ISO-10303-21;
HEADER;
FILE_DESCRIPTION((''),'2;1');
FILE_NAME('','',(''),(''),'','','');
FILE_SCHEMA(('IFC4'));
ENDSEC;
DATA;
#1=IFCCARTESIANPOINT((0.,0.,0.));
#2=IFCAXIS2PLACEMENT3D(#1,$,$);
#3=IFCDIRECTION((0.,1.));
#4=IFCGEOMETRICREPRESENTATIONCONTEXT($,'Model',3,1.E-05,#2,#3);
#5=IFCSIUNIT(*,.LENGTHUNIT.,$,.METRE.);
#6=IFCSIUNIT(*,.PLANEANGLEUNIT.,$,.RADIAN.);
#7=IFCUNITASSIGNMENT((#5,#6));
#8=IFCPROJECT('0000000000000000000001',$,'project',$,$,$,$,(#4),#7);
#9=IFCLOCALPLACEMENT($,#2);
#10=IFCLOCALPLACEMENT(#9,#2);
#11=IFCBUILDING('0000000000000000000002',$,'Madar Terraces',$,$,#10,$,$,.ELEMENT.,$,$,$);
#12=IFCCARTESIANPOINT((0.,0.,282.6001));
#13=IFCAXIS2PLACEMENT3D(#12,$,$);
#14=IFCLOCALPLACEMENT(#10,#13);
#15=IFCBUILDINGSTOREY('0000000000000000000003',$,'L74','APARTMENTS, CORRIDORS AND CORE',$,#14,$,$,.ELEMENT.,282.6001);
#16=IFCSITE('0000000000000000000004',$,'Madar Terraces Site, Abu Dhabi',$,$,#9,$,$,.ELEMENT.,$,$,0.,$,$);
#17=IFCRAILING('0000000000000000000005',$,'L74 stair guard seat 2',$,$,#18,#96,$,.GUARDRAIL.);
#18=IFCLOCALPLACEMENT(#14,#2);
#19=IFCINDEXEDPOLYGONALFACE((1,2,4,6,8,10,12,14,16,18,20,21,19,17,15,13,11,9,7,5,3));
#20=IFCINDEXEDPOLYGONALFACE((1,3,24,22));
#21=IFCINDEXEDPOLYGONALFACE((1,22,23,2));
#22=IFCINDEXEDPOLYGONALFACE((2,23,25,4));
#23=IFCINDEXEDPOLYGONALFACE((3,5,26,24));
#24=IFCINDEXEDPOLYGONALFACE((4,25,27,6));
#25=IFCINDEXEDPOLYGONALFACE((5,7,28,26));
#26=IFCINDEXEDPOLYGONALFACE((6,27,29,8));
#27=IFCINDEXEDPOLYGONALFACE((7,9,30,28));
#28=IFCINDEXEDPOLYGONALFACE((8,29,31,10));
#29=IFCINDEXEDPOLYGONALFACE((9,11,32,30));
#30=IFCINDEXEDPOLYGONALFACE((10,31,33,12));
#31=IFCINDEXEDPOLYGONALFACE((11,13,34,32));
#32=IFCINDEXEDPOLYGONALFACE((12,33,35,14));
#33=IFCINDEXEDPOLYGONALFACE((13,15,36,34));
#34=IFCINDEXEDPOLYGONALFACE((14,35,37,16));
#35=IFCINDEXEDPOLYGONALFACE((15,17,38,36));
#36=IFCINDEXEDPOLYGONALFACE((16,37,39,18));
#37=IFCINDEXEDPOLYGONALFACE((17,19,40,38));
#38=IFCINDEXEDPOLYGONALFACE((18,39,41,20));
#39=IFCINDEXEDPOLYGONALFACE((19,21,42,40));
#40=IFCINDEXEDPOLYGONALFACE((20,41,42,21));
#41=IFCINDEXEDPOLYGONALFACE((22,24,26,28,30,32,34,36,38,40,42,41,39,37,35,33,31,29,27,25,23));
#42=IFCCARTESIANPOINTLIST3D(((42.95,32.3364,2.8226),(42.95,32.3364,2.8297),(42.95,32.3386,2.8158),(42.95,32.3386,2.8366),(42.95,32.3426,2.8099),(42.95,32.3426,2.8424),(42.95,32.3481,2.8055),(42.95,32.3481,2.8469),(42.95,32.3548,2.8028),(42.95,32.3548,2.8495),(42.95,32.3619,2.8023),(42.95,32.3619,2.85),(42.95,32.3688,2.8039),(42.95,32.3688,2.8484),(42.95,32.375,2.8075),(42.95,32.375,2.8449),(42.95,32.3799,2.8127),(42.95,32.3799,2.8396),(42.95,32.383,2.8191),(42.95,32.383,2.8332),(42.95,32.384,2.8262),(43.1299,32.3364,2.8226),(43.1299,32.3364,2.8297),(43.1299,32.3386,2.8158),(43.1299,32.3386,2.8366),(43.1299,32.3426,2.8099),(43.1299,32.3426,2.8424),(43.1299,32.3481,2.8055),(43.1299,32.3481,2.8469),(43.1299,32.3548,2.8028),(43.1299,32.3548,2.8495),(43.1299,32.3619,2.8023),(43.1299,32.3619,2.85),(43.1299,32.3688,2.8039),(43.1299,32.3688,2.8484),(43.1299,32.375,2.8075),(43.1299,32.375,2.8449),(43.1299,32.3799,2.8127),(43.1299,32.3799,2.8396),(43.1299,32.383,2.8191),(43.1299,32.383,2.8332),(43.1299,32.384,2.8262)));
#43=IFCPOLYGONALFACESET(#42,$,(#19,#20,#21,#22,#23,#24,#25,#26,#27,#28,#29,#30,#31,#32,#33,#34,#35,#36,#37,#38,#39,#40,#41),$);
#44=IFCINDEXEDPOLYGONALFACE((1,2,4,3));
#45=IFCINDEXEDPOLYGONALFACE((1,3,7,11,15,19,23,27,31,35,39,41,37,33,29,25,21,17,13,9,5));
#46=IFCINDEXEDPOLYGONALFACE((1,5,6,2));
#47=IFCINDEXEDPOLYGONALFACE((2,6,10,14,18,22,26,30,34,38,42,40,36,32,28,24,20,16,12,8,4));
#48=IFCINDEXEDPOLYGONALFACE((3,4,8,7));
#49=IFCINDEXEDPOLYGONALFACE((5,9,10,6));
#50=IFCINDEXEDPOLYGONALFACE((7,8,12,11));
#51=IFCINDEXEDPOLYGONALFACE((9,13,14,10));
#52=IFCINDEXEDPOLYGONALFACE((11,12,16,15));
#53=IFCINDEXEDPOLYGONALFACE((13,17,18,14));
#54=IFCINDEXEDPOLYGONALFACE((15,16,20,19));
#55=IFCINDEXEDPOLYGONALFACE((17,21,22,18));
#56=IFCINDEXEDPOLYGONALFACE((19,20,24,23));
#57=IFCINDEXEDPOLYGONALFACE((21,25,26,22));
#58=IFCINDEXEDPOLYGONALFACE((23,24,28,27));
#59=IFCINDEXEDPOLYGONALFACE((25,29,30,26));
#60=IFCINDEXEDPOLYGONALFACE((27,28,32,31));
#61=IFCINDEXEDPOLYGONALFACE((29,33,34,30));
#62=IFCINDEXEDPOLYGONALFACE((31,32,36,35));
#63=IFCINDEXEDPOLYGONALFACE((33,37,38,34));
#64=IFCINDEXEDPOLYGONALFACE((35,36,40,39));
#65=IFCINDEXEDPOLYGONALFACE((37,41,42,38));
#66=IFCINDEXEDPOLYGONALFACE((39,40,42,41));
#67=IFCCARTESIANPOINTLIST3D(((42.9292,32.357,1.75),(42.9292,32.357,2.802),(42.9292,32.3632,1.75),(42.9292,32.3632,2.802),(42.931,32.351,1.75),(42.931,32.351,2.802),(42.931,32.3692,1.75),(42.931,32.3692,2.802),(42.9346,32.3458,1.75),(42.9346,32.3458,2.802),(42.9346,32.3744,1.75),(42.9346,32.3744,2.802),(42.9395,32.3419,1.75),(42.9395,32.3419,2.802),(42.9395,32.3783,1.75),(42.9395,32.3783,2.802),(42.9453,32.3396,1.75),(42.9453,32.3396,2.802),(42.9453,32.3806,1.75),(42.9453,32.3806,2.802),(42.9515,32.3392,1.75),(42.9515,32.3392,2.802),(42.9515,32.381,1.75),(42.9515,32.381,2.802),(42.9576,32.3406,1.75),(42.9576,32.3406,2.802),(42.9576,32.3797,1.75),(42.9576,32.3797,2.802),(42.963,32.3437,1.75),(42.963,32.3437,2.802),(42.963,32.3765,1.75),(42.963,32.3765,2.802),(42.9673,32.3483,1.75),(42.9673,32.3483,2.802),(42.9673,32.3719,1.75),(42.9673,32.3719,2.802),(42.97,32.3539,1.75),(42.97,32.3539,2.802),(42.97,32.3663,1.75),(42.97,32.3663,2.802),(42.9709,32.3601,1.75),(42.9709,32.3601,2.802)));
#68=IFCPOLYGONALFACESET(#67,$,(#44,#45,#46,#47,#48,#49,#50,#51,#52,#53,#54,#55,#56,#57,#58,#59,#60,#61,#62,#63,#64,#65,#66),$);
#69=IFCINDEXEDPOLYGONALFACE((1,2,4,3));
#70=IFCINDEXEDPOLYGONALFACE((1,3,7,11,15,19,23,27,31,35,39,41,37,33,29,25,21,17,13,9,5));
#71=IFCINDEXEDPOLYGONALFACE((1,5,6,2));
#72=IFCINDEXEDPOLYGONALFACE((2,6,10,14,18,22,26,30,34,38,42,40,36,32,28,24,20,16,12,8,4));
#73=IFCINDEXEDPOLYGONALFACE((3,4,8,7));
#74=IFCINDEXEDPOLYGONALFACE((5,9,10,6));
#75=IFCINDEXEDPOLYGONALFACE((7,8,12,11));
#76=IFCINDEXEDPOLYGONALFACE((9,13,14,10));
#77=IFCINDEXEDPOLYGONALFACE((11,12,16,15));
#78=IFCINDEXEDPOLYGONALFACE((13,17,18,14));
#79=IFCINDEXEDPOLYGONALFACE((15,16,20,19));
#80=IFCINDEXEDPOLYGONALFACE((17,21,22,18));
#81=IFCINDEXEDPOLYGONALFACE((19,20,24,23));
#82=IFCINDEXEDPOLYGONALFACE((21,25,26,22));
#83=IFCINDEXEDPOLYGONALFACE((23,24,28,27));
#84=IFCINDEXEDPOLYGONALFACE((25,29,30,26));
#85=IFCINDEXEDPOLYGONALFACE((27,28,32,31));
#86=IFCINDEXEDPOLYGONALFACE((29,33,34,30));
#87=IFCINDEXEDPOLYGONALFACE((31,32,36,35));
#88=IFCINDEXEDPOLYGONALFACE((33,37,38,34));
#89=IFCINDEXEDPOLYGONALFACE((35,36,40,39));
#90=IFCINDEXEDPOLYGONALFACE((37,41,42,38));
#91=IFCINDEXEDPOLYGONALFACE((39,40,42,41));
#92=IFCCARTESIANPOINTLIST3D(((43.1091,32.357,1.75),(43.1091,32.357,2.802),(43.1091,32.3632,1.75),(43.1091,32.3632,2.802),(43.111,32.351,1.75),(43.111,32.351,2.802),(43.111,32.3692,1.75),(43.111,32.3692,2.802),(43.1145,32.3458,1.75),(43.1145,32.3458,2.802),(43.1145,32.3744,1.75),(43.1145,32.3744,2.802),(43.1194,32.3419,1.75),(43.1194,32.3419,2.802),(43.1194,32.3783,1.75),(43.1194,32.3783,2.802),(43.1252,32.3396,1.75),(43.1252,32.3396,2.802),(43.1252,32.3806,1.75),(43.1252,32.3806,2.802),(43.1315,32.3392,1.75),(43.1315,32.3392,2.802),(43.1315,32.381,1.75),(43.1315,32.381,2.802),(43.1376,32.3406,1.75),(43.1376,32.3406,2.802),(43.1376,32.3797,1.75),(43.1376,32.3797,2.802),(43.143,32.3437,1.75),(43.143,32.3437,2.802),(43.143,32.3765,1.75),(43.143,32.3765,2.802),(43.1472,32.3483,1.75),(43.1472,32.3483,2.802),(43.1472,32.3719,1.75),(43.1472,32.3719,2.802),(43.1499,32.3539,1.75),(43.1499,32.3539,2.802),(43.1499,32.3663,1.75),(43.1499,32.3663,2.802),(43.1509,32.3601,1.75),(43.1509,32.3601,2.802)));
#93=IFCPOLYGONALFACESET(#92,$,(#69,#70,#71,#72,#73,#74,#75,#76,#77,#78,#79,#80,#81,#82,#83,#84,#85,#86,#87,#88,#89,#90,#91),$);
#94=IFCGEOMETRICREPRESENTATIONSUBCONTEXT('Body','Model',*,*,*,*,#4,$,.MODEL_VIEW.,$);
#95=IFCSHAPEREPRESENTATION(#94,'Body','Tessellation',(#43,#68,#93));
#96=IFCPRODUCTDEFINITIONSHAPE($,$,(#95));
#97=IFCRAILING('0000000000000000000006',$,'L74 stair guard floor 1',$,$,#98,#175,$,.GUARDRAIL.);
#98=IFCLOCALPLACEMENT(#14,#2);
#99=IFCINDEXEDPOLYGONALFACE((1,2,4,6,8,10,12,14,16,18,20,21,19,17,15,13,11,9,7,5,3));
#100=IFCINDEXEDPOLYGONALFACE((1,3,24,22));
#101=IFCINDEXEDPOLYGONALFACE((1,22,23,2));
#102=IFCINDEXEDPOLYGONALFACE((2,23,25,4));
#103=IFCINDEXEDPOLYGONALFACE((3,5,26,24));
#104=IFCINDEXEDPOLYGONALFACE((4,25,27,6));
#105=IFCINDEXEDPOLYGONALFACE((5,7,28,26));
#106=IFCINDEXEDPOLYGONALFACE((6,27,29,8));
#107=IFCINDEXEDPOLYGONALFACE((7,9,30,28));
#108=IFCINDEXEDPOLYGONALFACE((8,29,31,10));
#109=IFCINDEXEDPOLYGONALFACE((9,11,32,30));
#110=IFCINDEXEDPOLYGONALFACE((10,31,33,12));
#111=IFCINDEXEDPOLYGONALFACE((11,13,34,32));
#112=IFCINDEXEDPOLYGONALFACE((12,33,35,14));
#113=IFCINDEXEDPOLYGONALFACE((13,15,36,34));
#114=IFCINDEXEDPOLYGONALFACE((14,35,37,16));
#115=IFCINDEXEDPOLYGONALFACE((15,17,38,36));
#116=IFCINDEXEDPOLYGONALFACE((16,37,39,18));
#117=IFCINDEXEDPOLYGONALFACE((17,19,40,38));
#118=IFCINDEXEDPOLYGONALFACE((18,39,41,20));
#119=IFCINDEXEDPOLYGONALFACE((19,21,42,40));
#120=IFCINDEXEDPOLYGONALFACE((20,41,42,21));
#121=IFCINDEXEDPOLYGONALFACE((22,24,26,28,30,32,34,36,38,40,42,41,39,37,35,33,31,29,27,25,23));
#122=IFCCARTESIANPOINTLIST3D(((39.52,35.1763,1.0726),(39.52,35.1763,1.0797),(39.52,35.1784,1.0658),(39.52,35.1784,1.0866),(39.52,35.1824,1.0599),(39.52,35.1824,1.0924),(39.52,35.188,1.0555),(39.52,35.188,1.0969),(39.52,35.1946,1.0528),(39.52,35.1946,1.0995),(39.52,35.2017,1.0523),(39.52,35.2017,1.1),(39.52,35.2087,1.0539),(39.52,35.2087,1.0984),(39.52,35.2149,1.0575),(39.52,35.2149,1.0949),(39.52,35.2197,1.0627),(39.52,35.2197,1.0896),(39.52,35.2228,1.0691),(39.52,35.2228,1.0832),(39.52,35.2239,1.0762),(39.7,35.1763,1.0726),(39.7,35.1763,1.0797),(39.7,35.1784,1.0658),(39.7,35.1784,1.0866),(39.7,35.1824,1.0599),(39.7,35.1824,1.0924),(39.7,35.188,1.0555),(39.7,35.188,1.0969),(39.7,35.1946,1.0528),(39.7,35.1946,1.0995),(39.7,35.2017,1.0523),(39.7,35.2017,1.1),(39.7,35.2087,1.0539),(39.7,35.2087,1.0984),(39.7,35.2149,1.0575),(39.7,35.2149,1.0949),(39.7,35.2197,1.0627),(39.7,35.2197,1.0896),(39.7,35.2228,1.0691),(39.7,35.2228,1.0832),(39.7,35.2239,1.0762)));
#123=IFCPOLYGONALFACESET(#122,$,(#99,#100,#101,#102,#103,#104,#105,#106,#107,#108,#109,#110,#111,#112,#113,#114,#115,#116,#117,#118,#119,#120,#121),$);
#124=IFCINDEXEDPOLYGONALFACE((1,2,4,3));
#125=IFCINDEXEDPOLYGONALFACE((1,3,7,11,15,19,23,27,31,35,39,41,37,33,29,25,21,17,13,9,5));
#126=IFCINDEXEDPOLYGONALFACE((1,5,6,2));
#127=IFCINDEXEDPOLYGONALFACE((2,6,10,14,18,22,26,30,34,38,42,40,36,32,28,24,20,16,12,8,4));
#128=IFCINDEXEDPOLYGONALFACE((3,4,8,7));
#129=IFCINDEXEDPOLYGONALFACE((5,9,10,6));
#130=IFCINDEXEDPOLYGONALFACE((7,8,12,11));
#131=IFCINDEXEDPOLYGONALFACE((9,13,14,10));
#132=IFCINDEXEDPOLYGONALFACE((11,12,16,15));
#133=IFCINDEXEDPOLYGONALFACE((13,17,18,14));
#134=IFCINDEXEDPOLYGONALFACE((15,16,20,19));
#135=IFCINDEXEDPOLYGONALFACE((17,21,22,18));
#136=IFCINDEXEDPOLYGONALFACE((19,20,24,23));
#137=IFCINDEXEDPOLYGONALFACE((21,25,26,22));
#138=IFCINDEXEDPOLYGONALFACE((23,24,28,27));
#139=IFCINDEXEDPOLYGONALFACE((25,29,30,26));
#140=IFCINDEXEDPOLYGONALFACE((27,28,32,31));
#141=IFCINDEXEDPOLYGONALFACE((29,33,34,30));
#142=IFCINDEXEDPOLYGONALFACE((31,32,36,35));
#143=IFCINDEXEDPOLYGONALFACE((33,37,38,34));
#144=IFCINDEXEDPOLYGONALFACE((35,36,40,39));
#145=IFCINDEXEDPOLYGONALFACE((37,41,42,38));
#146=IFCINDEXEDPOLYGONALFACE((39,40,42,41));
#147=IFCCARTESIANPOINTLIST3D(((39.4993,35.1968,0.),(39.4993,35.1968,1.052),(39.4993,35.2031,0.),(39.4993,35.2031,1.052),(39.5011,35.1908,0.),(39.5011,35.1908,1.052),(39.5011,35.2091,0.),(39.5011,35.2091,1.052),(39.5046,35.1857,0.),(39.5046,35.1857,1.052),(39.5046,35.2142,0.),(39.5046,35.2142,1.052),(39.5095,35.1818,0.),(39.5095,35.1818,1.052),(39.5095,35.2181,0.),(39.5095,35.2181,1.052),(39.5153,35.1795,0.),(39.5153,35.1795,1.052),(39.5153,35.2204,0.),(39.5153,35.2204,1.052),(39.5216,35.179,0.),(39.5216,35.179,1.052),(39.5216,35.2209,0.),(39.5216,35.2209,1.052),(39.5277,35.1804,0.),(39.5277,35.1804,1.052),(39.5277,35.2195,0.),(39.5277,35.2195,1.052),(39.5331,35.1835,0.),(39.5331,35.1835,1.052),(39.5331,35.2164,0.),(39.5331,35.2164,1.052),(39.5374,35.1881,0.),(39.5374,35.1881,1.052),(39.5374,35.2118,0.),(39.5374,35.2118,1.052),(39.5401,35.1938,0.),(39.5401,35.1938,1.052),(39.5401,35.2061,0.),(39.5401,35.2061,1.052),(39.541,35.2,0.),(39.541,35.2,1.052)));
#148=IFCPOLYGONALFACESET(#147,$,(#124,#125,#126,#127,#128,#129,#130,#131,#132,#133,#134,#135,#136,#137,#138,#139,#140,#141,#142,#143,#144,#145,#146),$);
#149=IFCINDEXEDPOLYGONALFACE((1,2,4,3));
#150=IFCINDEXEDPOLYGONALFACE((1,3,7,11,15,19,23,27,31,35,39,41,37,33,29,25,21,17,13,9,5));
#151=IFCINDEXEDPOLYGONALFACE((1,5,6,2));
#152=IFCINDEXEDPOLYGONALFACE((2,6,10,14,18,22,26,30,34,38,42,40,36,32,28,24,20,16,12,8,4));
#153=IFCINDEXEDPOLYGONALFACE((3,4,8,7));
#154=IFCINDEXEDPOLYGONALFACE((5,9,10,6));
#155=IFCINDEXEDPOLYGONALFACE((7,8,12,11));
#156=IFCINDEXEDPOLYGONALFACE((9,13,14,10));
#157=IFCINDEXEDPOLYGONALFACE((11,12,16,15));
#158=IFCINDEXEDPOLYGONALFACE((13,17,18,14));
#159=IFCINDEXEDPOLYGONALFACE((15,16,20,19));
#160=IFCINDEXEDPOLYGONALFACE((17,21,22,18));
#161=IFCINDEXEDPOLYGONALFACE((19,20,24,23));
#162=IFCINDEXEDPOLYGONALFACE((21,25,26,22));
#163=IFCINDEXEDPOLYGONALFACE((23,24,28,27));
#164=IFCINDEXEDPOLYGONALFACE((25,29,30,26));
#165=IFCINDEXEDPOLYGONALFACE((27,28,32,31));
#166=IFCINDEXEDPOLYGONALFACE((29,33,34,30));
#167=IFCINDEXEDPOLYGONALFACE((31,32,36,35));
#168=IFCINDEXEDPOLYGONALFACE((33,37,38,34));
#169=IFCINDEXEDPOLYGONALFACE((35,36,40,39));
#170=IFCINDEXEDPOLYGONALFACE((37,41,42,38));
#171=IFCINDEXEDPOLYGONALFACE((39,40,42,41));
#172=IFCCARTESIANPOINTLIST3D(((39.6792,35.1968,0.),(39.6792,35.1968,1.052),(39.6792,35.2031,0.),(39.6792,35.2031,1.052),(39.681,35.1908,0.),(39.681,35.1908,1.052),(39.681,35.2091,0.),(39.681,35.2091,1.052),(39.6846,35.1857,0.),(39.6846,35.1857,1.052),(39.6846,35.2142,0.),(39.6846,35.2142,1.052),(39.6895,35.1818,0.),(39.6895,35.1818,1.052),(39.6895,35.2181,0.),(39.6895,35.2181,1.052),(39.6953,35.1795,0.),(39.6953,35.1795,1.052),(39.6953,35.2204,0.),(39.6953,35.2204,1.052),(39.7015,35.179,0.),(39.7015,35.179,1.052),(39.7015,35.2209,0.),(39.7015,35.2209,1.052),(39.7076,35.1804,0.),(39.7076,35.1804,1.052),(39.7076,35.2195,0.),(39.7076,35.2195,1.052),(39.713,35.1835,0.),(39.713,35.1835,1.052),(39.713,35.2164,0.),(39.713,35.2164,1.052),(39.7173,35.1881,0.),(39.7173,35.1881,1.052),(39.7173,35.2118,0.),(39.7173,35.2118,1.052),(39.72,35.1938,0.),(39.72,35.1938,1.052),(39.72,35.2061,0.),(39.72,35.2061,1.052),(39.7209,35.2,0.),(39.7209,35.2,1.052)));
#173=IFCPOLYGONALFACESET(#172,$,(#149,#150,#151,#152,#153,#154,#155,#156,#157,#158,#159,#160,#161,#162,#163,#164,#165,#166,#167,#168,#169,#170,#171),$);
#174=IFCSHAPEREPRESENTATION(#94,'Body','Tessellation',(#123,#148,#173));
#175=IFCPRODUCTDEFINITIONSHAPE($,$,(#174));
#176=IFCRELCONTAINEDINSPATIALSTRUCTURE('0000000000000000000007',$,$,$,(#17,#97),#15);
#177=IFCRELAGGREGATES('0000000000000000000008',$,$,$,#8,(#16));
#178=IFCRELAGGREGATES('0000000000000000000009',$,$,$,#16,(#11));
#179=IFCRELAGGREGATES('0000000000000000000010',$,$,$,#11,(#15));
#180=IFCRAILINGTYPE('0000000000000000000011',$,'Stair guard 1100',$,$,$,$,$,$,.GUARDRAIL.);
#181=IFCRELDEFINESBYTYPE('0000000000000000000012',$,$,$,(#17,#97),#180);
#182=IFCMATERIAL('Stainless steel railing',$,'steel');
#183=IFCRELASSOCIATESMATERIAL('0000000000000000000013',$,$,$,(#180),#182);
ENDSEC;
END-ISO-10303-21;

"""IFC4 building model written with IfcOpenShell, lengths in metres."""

from ifc_helpers import new_model, si_unit, direction, frame, origin, origin_2d, place, context, subcontext, project, spatial, circle, extrude, material, type_object, element, save


model = new_model("IFC4")

# Units and contexts
model_context = context("Model", 3, precision=1e-05, world=origin(), true_north=direction((0.0, 1.0)))
body_context = subcontext(model_context, "Body", "Model", "MODEL_VIEW")
ifc_project = project(units=[si_unit("LENGTHUNIT", "METRE"), si_unit("PLANEANGLEUNIT", "RADIAN")], contexts=[model_context])

# Site, building, storey
site_placement = place(None, origin())
site = spatial("IfcSite", under=ifc_project, at=site_placement, Name="Madar Terraces Site, Abu Dhabi", CompositionType="ELEMENT", RefElevation=0.0)
building_placement = place(site_placement, origin())
building = spatial("IfcBuilding", under=site, at=building_placement, Name="Madar Terraces", CompositionType="ELEMENT")
storey_placement = place(building_placement, frame((0.0, 0.0, 282.6001)))
storey = spatial("IfcBuildingStorey", under=building, at=storey_placement, Name="L74", Description="APARTMENTS, CORRIDORS AND CORE", CompositionType="ELEMENT", Elevation=282.6001)

# Railings
ifc_material_1 = material(Name="Stainless steel railing", Category="steel")
railing_type_1 = type_object("IfcRailingType", Name="Stair guard 1100", PredefinedType="GUARDRAIL", material=ifc_material_1)
for number, where, name in (
    (1, (42.95, 32.3601, 1.75), "L74 stair guard seat 2"),
    (2, (39.52, 35.2, 0.0), "L74 stair guard floor 1"),
):
    element("IfcRailing", number, at=place(storey_placement, frame(where)), inside=storey, type_object=railing_type_1, Name=name, PredefinedType="GUARDRAIL", context=body_context, shape_type="SweptSolid", body=[
        extrude(circle(Radius=0.0239, at=origin_2d()), frame((0.0, 0.0, 1.0762), z_axis=(1.0, 0.0, 0.0), x_axis=(0.0, 1.0, 0.0)), (0.0, 0.0, 1.0), 0.1799),
        extrude(circle(Radius=0.021, at=origin_2d()), origin(), (0.0, 0.0, 1.0), 1.052),
        extrude(circle(Radius=0.021, at=origin_2d()), frame((0.1799, 0.0, 0.0)), (0.0, 0.0, 1.0), 1.052),
    ])

save(model, "model.ifc")
